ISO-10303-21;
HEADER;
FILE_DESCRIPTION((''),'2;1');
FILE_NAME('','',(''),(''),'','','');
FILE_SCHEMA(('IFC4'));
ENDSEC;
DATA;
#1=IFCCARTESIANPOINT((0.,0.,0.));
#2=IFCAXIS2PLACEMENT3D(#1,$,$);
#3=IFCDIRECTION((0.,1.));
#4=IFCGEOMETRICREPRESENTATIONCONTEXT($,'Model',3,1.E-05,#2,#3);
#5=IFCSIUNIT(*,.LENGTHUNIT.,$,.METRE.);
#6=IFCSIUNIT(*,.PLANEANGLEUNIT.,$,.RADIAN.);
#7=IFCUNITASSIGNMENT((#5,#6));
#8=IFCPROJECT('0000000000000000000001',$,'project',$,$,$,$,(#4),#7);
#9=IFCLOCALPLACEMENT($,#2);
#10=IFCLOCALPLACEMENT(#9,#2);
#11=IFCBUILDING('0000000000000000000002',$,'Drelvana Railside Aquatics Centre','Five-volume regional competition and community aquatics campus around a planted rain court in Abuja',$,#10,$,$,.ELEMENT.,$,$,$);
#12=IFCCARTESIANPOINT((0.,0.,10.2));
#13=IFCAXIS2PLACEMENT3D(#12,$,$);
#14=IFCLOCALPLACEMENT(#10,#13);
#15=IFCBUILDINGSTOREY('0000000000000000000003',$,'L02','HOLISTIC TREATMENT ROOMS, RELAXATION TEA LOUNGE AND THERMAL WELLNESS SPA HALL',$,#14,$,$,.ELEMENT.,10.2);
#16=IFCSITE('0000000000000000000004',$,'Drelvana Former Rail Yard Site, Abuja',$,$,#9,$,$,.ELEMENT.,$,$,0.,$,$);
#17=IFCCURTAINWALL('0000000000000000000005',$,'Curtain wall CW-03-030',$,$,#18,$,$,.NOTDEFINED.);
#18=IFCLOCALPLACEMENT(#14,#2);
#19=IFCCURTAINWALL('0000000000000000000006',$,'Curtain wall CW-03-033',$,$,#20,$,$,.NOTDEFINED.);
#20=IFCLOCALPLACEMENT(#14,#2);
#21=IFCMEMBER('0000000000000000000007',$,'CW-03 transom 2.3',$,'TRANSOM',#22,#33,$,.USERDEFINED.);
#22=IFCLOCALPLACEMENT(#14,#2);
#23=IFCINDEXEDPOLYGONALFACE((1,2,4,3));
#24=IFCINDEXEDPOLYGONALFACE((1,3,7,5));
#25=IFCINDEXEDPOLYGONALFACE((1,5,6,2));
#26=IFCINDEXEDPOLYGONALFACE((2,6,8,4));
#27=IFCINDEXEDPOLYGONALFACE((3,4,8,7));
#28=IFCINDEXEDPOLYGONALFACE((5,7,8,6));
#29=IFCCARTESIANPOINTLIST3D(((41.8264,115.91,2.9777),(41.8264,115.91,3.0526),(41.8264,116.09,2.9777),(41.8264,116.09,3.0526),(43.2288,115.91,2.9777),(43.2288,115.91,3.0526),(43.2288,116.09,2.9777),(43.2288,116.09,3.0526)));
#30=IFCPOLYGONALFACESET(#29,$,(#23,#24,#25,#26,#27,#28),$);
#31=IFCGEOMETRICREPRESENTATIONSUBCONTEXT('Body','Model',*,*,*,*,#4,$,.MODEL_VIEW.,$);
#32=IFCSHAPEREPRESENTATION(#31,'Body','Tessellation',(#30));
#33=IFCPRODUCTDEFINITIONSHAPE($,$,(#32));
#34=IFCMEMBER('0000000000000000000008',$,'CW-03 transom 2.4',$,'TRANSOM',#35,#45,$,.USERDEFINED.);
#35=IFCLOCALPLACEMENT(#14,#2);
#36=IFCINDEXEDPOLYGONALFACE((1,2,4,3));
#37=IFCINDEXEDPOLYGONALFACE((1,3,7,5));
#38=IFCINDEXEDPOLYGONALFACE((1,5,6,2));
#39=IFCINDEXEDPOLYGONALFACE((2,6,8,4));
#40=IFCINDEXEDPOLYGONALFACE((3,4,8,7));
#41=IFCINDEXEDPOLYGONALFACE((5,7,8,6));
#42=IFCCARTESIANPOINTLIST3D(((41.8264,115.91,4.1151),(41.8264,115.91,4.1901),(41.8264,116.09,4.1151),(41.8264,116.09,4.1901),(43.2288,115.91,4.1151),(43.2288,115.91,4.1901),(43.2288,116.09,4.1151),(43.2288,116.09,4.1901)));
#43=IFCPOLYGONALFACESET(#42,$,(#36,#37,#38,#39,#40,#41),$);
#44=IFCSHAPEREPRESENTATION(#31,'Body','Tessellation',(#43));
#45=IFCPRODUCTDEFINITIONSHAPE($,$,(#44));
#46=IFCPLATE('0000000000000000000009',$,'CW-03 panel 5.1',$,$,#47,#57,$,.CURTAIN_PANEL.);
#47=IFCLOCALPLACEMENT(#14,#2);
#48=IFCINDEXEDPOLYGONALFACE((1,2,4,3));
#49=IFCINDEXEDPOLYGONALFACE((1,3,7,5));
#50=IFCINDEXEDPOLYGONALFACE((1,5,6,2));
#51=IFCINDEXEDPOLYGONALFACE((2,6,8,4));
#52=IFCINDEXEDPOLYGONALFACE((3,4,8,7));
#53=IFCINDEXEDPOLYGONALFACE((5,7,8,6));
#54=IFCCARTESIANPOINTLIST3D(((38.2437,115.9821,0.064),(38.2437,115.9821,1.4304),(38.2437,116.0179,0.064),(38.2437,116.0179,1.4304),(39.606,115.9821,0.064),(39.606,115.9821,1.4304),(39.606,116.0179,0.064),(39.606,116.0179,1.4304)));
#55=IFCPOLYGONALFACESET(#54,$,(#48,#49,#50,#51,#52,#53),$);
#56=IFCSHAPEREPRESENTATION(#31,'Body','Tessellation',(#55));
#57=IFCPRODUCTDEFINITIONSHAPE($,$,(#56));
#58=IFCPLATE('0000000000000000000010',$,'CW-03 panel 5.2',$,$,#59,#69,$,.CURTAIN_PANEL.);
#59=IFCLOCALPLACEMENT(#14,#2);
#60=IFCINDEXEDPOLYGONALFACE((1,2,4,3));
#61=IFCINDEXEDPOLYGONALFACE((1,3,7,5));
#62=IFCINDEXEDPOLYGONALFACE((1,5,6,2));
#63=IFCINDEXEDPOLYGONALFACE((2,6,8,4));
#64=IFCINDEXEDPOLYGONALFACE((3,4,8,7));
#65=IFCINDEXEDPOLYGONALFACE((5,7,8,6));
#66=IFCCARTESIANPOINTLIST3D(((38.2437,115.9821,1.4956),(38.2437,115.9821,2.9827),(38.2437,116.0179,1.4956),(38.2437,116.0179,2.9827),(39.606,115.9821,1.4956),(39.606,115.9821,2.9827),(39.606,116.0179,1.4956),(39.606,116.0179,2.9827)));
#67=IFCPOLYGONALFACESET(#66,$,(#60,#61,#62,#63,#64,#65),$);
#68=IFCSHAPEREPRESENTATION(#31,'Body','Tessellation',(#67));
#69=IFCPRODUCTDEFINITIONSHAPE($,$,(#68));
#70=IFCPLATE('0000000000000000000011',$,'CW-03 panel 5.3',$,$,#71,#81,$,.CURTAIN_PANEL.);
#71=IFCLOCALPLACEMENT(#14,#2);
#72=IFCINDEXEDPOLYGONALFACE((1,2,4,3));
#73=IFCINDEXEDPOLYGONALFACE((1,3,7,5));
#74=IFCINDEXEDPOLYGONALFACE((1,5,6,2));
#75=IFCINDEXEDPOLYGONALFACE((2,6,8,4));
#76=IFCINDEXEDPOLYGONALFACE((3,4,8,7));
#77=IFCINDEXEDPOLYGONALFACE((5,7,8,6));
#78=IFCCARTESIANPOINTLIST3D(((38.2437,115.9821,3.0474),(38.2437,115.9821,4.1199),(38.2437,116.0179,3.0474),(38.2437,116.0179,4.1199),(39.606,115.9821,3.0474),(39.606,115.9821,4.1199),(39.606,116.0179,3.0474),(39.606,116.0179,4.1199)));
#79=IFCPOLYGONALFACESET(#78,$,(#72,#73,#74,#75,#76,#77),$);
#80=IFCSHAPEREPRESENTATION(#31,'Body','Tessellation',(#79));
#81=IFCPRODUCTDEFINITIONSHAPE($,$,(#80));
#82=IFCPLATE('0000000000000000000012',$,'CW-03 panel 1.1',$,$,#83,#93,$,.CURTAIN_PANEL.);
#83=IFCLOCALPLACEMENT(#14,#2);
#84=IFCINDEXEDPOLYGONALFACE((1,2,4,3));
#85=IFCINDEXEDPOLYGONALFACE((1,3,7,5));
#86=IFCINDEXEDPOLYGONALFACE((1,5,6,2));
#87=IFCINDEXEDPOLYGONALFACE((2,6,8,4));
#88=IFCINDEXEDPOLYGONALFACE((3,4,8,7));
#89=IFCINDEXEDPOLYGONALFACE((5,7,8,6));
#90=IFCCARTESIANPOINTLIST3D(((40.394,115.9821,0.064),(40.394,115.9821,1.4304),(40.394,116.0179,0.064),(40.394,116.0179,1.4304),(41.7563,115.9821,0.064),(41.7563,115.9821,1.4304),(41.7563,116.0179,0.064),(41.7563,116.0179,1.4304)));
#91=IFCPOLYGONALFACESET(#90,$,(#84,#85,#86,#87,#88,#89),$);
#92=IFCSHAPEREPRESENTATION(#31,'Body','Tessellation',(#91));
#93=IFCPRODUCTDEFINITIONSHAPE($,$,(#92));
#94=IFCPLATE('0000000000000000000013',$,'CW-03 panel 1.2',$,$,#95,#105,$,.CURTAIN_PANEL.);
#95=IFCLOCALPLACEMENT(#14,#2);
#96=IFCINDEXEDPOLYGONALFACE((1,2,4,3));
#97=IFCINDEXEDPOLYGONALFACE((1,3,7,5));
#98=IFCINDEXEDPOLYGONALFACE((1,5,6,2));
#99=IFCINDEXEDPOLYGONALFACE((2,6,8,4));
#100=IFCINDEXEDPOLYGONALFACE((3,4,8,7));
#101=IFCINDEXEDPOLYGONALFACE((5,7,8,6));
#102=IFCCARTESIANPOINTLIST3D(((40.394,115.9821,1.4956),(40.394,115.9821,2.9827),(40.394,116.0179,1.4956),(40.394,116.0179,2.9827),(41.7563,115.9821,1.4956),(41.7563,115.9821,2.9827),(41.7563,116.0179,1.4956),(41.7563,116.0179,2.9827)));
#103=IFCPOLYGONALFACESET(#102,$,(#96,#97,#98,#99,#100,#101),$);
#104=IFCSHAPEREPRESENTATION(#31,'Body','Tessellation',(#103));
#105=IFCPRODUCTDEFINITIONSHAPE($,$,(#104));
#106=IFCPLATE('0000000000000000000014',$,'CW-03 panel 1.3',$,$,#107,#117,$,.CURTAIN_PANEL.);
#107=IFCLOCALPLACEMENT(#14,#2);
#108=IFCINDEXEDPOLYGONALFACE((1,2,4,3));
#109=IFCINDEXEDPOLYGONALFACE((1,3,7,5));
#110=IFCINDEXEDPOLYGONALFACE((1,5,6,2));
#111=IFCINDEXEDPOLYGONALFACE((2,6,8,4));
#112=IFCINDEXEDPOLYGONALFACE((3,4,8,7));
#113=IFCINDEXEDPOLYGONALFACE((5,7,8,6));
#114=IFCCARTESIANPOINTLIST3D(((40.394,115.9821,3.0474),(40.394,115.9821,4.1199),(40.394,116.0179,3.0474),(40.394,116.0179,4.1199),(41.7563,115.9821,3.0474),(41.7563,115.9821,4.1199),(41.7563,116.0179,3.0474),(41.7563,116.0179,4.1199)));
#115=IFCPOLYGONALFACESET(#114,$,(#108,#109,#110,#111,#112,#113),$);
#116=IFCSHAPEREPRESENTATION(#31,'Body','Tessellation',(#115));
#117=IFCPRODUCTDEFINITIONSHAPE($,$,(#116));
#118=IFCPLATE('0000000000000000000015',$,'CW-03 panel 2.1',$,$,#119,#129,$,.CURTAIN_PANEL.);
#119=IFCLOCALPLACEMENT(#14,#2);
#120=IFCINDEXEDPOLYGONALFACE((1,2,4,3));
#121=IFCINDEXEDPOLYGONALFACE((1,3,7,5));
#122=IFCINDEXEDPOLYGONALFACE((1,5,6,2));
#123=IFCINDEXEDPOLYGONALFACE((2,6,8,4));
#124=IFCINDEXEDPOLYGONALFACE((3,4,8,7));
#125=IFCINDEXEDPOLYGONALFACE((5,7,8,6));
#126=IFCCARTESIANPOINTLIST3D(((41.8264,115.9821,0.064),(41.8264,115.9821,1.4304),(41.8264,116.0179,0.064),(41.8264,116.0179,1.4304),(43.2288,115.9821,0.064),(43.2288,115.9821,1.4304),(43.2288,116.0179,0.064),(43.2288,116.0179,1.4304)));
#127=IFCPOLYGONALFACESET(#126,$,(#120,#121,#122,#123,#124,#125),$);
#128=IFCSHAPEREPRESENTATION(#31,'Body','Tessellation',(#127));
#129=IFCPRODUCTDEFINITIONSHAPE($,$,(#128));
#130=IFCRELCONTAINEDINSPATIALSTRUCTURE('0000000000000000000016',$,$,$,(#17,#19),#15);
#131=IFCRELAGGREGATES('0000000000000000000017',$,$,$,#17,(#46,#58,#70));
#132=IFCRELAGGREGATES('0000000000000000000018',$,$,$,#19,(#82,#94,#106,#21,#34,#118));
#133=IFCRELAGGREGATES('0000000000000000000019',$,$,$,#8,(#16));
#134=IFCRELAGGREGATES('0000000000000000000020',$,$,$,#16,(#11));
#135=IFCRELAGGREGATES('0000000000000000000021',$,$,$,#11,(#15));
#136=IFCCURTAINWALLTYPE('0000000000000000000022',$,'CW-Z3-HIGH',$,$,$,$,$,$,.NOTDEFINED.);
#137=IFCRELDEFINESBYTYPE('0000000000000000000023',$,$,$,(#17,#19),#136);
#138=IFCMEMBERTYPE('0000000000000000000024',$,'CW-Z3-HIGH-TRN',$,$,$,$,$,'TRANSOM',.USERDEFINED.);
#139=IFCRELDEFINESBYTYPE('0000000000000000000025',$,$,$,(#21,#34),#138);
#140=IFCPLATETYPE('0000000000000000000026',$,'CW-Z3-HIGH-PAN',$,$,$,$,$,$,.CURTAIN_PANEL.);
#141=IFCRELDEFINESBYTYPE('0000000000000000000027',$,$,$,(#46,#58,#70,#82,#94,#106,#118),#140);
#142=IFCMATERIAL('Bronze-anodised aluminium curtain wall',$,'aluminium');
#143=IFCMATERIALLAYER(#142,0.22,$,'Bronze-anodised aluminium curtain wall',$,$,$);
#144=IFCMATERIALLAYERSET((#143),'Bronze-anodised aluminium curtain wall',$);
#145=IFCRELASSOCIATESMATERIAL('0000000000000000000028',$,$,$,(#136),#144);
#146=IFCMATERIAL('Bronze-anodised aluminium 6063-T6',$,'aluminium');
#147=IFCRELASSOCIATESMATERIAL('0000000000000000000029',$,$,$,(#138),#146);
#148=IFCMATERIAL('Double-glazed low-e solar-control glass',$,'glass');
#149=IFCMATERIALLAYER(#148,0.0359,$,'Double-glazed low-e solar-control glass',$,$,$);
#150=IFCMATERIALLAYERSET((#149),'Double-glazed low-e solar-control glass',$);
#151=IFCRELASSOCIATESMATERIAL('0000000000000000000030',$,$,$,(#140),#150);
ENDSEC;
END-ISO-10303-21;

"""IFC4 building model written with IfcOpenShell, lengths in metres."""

from ifc_helpers import new_model, si_unit, direction, frame, origin, origin_2d, place, context, subcontext, project, spatial, rectangle, extrude, material, layer, layer_set, material_profile, profile_set, type_object, element, aggregate, save


model = new_model("IFC4")

# Units and contexts
model_context = context("Model", 3, precision=1e-05, world=origin(), true_north=direction((0.0, 1.0)))
body_context = subcontext(model_context, "Body", "Model", "MODEL_VIEW")
ifc_project = project(units=[si_unit("LENGTHUNIT", "METRE"), si_unit("PLANEANGLEUNIT", "RADIAN")], contexts=[model_context])

# Site, building, storey
site_placement = place(None, origin())
site = spatial("IfcSite", under=ifc_project, at=site_placement, Name="Drelvana Former Rail Yard Site, Abuja", CompositionType="ELEMENT", RefElevation=0.0)
building_placement = place(site_placement, origin())
building = spatial("IfcBuilding", under=site, at=building_placement, Name="Drelvana Railside Aquatics Centre", Description="Five-volume regional competition and community aquatics campus around a planted rain court in Abuja", CompositionType="ELEMENT")
storey_placement = place(building_placement, frame((0.0, 0.0, 10.2)))
storey = spatial("IfcBuildingStorey", under=building, at=storey_placement, Name="L02", Description="HOLISTIC TREATMENT ROOMS, RELAXATION TEA LOUNGE AND THERMAL WELLNESS SPA HALL", CompositionType="ELEMENT", Elevation=10.2)

# Curtain wall
ifc_material_1 = material(Name="Bronze-anodised aluminium curtain wall", Category="aluminium")
ifc_layer_1 = layer(ifc_material_1, 0.22, Name="Bronze-anodised aluminium curtain wall")
ifc_layer_set_1 = layer_set([ifc_layer_1], Name="Bronze-anodised aluminium curtain wall")
curtain_wall_type = type_object("IfcCurtainWallType", Name="CW-Z3-HIGH", PredefinedType="NOTDEFINED", material=ifc_layer_set_1)
curtain_wall_1_placement = place(storey_placement, origin())
curtain_wall_1 = element("IfcCurtainWall", 1, at=curtain_wall_1_placement, inside=storey, type_object=curtain_wall_type, Name="Curtain wall CW-03-030", PredefinedType="NOTDEFINED")
ifc_material_2 = material(Name="Bronze-anodised aluminium 6063-T6", Category="aluminium")

# Curtain wall
curtain_wall_2_placement = place(storey_placement, origin())
curtain_wall_2 = element("IfcCurtainWall", 2, at=curtain_wall_2_placement, inside=storey, type_object=curtain_wall_type, Name="Curtain wall CW-03-033", PredefinedType="NOTDEFINED")

# Members
ifc_material_profile_1 = material_profile(ifc_material_2, rectangle(XDim=0.1799, YDim=0.075, at=origin_2d()), Name="ALU-T 75x180")
ifc_profile_set_1 = profile_set([ifc_material_profile_1], Name="Bronze-anodised aluminium 6063-T6")
member_type_1 = type_object("IfcMemberType", Name="CW-Z3-HIGH-TRN", ElementType="TRANSOM", PredefinedType="USERDEFINED", material=ifc_profile_set_1)
member_1_placement = place(storey_placement, frame((41.8264, 116.0, 3.0151), z_axis=(1.0, 0.0, 0.0), x_axis=(0.0, 1.0, 0.0)))
member_1 = element("IfcMember", 3, at=member_1_placement, type_object=member_type_1, Name="CW-03 transom 2.3", ObjectType="TRANSOM", PredefinedType="USERDEFINED", context=body_context, shape_type="SweptSolid", body=[
    extrude(rectangle(XDim=0.1799, YDim=0.075, at=origin_2d()), origin(), (0.0, 0.0, 1.0), 1.4023),
])
member_2_placement = place(storey_placement, frame((41.8264, 116.0, 4.1526), z_axis=(1.0, 0.0, 0.0), x_axis=(0.0, 1.0, 0.0)))
member_2 = element("IfcMember", 4, at=member_2_placement, type_object=member_type_1, Name="CW-03 transom 2.4", ObjectType="TRANSOM", PredefinedType="USERDEFINED", context=body_context, shape_type="SweptSolid", body=[
    extrude(rectangle(XDim=0.1799, YDim=0.075, at=origin_2d()), origin(), (0.0, 0.0, 1.0), 1.4023),
])

# Plates
ifc_material_3 = material(Name="Double-glazed low-e solar-control glass", Category="glass")
ifc_layer_2 = layer(ifc_material_3, 0.0359, Name="Double-glazed low-e solar-control glass")
ifc_layer_set_2 = layer_set([ifc_layer_2], Name="Double-glazed low-e solar-control glass")
plate_type = type_object("IfcPlateType", Name="CW-Z3-HIGH-PAN", PredefinedType="CURTAIN_PANEL", material=ifc_layer_set_2)
plate_1_placement = place(storey_placement, frame((38.9248, 116.0, 0.064), z_axis=(0.0, 0.0, 1.0), x_axis=(1.0, 0.0, 0.0)))
plate_1 = element("IfcPlate", 5, at=plate_1_placement, type_object=plate_type, Name="CW-03 panel 5.1", PredefinedType="CURTAIN_PANEL", context=body_context, shape_type="SweptSolid", body=[
    extrude(rectangle(XDim=1.3623, YDim=0.0359, at=origin_2d()), origin(), (0.0, 0.0, 1.0), 1.3665),
])
plate_2_placement = place(storey_placement, frame((38.9248, 116.0, 1.4956), z_axis=(0.0, 0.0, 1.0), x_axis=(1.0, 0.0, 0.0)))
plate_2 = element("IfcPlate", 6, at=plate_2_placement, type_object=plate_type, Name="CW-03 panel 5.2", PredefinedType="CURTAIN_PANEL", context=body_context, shape_type="SweptSolid", body=[
    extrude(rectangle(XDim=1.3623, YDim=0.0359, at=origin_2d()), origin(), (0.0, 0.0, 1.0), 1.4871),
])
plate_3_placement = place(storey_placement, frame((38.9248, 116.0, 3.0474), z_axis=(0.0, 0.0, 1.0), x_axis=(1.0, 0.0, 0.0)))
plate_3 = element("IfcPlate", 7, at=plate_3_placement, type_object=plate_type, Name="CW-03 panel 5.3", PredefinedType="CURTAIN_PANEL", context=body_context, shape_type="SweptSolid", body=[
    extrude(rectangle(XDim=1.3623, YDim=0.0359, at=origin_2d()), origin(), (0.0, 0.0, 1.0), 1.0725),
])
aggregate(curtain_wall_1, [plate_1, plate_2, plate_3])
plate_4_placement = place(storey_placement, frame((41.0752, 116.0, 0.064), z_axis=(0.0, 0.0, 1.0), x_axis=(1.0, 0.0, 0.0)))
plate_4 = element("IfcPlate", 8, at=plate_4_placement, type_object=plate_type, Name="CW-03 panel 1.1", PredefinedType="CURTAIN_PANEL", context=body_context, shape_type="SweptSolid", body=[
    extrude(rectangle(XDim=1.3623, YDim=0.0359, at=origin_2d()), origin(), (0.0, 0.0, 1.0), 1.3665),
])
plate_5_placement = place(storey_placement, frame((41.0752, 116.0, 1.4956), z_axis=(0.0, 0.0, 1.0), x_axis=(1.0, 0.0, 0.0)))
plate_5 = element("IfcPlate", 9, at=plate_5_placement, type_object=plate_type, Name="CW-03 panel 1.2", PredefinedType="CURTAIN_PANEL", context=body_context, shape_type="SweptSolid", body=[
    extrude(rectangle(XDim=1.3623, YDim=0.0359, at=origin_2d()), origin(), (0.0, 0.0, 1.0), 1.4871),
])
plate_6_placement = place(storey_placement, frame((41.0752, 116.0, 3.0474), z_axis=(0.0, 0.0, 1.0), x_axis=(1.0, 0.0, 0.0)))
plate_6 = element("IfcPlate", 10, at=plate_6_placement, type_object=plate_type, Name="CW-03 panel 1.3", PredefinedType="CURTAIN_PANEL", context=body_context, shape_type="SweptSolid", body=[
    extrude(rectangle(XDim=1.3623, YDim=0.0359, at=origin_2d()), origin(), (0.0, 0.0, 1.0), 1.0725),
])
plate_7_placement = place(storey_placement, frame((42.5276, 116.0, 0.064), z_axis=(0.0, 0.0, 1.0), x_axis=(1.0, 0.0, 0.0)))
plate_7 = element("IfcPlate", 11, at=plate_7_placement, type_object=plate_type, Name="CW-03 panel 2.1", PredefinedType="CURTAIN_PANEL", context=body_context, shape_type="SweptSolid", body=[
    extrude(rectangle(XDim=1.4023, YDim=0.0359, at=origin_2d()), origin(), (0.0, 0.0, 1.0), 1.3665),
])
aggregate(curtain_wall_2, [plate_4, plate_5, plate_6, member_1, member_2, plate_7])

save(model, "model.ifc")
